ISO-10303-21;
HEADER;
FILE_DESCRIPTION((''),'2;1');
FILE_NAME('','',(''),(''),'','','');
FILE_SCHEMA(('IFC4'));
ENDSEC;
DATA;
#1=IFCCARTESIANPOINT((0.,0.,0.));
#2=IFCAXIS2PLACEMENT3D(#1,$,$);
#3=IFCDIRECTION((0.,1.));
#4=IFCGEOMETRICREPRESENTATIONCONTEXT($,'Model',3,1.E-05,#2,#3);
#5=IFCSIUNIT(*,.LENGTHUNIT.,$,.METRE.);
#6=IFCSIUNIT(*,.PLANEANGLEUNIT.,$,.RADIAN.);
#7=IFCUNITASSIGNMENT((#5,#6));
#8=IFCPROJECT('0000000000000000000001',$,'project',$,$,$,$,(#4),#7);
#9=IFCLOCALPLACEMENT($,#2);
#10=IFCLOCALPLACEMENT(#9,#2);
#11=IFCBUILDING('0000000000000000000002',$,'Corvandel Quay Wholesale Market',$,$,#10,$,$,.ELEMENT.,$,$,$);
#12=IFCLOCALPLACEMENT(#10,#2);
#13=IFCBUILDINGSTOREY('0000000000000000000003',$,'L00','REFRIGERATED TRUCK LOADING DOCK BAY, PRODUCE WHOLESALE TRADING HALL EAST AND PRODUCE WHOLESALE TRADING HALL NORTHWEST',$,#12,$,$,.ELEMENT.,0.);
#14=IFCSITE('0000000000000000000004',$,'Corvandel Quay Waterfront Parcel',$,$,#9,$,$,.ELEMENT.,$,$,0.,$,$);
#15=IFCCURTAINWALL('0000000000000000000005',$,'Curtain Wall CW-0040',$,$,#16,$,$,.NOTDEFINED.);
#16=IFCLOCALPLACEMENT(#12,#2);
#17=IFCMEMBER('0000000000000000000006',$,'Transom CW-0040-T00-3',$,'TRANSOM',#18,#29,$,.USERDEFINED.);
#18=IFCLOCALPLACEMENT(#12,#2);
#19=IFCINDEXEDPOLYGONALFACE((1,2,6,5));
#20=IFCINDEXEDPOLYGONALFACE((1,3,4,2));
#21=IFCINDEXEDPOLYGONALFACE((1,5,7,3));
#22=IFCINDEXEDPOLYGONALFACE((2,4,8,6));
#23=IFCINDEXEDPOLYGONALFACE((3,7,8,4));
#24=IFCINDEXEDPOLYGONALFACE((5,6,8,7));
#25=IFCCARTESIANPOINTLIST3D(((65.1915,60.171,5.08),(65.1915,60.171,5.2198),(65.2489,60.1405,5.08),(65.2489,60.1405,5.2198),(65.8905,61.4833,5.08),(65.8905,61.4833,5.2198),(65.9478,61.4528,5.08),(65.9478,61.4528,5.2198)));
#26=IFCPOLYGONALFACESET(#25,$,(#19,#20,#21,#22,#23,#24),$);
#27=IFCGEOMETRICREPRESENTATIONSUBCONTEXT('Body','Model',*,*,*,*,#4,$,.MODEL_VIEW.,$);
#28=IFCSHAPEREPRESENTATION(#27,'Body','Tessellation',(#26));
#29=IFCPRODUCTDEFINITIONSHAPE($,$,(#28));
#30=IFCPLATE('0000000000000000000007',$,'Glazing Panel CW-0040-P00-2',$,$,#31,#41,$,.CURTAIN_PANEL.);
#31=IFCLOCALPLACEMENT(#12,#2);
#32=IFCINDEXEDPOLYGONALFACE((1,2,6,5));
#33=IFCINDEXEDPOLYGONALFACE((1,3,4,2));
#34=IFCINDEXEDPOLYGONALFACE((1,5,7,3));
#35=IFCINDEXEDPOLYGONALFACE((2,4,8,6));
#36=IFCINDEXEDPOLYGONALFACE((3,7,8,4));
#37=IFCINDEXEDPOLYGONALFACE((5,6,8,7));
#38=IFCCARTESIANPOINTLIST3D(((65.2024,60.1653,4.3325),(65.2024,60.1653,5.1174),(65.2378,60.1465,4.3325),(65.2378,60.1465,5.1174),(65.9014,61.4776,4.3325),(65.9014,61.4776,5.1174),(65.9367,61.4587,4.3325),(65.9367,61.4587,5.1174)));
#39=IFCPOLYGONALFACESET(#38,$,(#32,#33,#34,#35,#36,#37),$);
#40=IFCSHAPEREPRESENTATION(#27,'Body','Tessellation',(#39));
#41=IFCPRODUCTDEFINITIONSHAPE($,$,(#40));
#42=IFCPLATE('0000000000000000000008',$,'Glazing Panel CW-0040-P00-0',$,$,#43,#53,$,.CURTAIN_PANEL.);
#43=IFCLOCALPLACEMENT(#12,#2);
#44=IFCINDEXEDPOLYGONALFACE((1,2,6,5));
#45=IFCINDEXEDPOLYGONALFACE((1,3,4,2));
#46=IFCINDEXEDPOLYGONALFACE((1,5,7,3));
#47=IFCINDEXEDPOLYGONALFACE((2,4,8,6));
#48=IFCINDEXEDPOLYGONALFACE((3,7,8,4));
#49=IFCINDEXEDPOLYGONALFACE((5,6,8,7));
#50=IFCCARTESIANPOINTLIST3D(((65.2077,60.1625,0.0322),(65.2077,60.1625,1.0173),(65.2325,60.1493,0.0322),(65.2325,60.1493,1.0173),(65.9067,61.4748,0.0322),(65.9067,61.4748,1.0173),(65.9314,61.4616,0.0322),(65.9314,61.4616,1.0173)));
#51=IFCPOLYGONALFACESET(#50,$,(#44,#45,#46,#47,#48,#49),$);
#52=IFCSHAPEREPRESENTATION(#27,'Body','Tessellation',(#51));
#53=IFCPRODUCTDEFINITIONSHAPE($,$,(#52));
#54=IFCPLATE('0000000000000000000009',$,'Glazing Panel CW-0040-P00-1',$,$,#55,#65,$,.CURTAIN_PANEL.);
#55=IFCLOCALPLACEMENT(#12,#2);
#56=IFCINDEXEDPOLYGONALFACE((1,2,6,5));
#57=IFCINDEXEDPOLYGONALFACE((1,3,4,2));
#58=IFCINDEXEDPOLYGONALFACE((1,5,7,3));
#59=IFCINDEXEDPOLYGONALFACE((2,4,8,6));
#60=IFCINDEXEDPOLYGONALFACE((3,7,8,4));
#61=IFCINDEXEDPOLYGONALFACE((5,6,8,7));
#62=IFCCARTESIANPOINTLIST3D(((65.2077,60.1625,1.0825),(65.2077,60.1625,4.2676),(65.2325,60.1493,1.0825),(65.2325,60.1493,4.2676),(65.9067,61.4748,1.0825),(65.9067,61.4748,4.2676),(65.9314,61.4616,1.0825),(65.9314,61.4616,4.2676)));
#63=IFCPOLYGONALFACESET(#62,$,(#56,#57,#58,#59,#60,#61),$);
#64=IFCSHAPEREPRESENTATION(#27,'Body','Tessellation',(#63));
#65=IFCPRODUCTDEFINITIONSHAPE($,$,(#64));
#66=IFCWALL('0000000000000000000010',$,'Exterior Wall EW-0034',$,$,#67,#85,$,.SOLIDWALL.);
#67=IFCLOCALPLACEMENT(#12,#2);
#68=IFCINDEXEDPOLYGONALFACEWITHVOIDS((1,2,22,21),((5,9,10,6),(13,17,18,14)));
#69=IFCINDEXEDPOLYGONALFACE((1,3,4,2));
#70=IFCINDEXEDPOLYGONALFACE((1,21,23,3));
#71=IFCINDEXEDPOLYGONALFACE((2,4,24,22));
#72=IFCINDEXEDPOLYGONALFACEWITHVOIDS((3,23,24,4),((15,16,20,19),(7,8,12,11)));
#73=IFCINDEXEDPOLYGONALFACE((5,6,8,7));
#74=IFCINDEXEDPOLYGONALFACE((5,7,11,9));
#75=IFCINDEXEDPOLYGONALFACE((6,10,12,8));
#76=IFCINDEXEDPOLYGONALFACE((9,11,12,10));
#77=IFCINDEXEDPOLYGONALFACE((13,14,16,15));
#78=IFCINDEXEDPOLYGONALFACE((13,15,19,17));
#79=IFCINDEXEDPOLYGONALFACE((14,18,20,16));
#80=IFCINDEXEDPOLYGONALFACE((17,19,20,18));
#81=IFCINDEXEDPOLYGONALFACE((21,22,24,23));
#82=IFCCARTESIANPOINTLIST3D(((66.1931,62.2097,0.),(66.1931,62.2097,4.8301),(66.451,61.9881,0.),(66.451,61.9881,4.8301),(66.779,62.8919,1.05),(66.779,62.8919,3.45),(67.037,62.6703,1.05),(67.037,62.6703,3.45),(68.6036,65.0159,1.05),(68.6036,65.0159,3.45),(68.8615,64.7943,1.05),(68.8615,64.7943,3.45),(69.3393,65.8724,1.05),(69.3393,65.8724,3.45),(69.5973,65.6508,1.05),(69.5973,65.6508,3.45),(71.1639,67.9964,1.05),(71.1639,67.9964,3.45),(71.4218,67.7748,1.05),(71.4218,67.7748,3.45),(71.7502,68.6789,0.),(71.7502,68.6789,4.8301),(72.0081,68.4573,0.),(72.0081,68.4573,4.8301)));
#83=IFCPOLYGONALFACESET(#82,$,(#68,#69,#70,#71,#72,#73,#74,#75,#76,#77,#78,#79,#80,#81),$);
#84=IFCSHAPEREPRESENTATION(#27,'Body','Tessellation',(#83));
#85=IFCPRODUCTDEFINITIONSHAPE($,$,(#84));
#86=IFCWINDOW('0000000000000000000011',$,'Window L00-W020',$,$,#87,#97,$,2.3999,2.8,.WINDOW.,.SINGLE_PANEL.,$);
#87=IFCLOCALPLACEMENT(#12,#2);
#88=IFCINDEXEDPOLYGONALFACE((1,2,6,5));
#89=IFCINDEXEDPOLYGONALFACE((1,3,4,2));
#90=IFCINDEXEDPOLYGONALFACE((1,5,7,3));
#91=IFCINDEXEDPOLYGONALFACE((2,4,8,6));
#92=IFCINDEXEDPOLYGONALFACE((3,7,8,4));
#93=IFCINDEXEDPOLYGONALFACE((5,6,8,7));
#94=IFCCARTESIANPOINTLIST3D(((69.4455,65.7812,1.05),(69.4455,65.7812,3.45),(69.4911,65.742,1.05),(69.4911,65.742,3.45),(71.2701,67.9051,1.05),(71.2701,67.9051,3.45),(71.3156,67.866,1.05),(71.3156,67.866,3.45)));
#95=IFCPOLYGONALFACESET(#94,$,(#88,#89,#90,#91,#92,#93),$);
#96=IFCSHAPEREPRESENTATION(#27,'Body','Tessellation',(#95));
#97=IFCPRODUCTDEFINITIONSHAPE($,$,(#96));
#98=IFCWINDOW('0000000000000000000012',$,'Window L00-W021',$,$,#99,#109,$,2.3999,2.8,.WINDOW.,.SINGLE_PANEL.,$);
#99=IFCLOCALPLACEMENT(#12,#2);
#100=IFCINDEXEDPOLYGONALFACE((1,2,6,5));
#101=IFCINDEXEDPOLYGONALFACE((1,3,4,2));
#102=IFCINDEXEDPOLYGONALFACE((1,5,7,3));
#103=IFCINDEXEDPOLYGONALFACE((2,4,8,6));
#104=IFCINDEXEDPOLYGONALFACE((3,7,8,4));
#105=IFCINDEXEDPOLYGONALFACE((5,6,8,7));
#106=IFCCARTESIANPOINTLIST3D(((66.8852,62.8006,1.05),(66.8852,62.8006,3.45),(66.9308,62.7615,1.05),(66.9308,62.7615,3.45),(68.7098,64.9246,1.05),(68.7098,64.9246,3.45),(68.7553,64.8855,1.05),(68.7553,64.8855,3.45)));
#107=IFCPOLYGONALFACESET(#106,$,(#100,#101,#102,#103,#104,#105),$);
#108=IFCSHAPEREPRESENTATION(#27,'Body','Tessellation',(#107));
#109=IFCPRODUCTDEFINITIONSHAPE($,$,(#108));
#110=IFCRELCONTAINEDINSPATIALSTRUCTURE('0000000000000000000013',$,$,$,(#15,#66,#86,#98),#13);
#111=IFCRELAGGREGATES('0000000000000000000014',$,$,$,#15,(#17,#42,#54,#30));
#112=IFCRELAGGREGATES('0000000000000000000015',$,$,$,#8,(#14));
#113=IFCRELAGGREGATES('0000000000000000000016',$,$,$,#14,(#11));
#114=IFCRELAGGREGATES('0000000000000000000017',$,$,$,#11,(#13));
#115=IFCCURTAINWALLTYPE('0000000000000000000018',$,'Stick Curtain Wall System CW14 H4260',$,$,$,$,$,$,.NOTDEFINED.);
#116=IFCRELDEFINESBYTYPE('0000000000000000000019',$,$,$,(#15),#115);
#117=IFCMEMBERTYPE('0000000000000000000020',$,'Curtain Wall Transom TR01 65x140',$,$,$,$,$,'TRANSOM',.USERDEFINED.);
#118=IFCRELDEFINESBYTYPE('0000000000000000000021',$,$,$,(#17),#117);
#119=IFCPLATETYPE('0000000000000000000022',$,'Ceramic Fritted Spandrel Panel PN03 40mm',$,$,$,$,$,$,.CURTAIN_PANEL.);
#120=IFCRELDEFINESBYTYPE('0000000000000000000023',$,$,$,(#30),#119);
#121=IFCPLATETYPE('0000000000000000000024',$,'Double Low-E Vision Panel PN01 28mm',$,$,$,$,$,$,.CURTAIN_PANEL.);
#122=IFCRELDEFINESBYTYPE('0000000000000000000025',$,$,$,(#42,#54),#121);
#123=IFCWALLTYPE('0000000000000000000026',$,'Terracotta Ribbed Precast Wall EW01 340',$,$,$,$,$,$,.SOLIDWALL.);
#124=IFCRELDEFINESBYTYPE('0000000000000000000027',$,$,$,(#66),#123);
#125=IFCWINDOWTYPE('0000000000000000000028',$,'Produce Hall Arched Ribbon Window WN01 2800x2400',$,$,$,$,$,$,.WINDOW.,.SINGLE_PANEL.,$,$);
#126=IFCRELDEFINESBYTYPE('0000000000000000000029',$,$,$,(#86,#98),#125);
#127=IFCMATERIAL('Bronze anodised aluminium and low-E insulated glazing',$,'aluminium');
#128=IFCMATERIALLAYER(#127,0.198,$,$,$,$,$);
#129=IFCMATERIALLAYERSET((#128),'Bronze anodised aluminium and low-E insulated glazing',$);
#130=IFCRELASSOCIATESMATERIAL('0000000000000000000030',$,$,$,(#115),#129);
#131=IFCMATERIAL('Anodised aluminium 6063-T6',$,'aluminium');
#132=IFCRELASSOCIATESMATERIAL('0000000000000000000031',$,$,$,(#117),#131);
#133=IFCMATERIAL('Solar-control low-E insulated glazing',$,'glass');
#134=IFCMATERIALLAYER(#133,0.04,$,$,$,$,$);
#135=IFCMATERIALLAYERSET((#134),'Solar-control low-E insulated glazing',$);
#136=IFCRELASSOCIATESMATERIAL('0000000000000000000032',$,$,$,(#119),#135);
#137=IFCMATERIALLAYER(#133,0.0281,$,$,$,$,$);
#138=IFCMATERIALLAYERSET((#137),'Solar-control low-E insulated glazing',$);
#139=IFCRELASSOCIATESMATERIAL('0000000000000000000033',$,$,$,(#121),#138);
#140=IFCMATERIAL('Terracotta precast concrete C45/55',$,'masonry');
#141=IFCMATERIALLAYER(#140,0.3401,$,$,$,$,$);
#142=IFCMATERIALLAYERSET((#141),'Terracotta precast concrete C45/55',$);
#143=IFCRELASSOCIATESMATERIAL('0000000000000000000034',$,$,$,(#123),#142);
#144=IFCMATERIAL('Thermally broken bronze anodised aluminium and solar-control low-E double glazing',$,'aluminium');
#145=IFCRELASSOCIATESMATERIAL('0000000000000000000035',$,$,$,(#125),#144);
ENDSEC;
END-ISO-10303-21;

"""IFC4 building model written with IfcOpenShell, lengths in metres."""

from ifc_helpers import new_model, si_unit, direction, frame, frame_2d, origin, origin_2d, place, context, subcontext, project, spatial, rectangle, extrude, material, layer, layer_set, material_profile, profile_set, type_object, element, fill, aggregate, save


model = new_model("IFC4")

# Units and contexts
model_context = context("Model", 3, precision=1e-05, world=origin(), true_north=direction((0.0, 1.0)))
body_context = subcontext(model_context, "Body", "Model", "MODEL_VIEW")
ifc_project = project(units=[si_unit("LENGTHUNIT", "METRE"), si_unit("PLANEANGLEUNIT", "RADIAN")], contexts=[model_context])

# Site, building, storey
site_placement = place(None, origin())
site = spatial("IfcSite", under=ifc_project, at=site_placement, Name="Corvandel Quay Waterfront Parcel", CompositionType="ELEMENT", RefElevation=0.0)
building_placement = place(site_placement, origin())
building = spatial("IfcBuilding", under=site, at=building_placement, Name="Corvandel Quay Wholesale Market", CompositionType="ELEMENT")
storey_placement = place(building_placement, origin())
storey = spatial("IfcBuildingStorey", under=building, at=storey_placement, Name="L00", Description="REFRIGERATED TRUCK LOADING DOCK BAY, PRODUCE WHOLESALE TRADING HALL EAST AND PRODUCE WHOLESALE TRADING HALL NORTHWEST", CompositionType="ELEMENT", Elevation=0.0)

# Curtain wall, member, plates
ifc_material_1 = material(Name="Bronze anodised aluminium and low-E insulated glazing", Category="aluminium")
ifc_layer_1 = layer(ifc_material_1, 0.198)
ifc_layer_set_1 = layer_set([ifc_layer_1], Name="Bronze anodised aluminium and low-E insulated glazing")
curtain_wall_type = type_object("IfcCurtainWallType", Name="Stick Curtain Wall System CW14 H4260", PredefinedType="NOTDEFINED", material=ifc_layer_set_1)
curtain_wall_placement = place(storey_placement, origin())
curtain_wall = element("IfcCurtainWall", 1, at=curtain_wall_placement, inside=storey, type_object=curtain_wall_type, Name="Curtain Wall CW-0040", PredefinedType="NOTDEFINED")
ifc_material_2 = material(Name="Anodised aluminium 6063-T6", Category="aluminium")
ifc_material_profile_1 = material_profile(ifc_material_2, rectangle(XDim=0.0649, YDim=0.1399, at=origin_2d()), Name="ALU-TRN-65x140")
ifc_profile_set_1 = profile_set([ifc_material_profile_1], Name="Anodised aluminium 6063-T6")
member_type_1 = type_object("IfcMemberType", Name="Curtain Wall Transom TR01 65x140", ElementType="TRANSOM", PredefinedType="USERDEFINED", material=ifc_profile_set_1)
member_1_placement = place(storey_placement, frame((65.9192, 61.468, 5.1499), z_axis=(-0.470119, -0.882603, 0.0), x_axis=(0.882603, -0.470119, 0.0)))
member_1 = element("IfcMember", 2, at=member_1_placement, type_object=member_type_1, Name="Transom CW-0040-T00-3", ObjectType="TRANSOM", PredefinedType="USERDEFINED", context=body_context, shape_type="SweptSolid", body=[
    extrude(rectangle(XDim=0.0649, YDim=0.1399, at=origin_2d()), origin(), (0.0, 0.0, 1.0), 1.4868),
])
ifc_material_3 = material(Name="Solar-control low-E insulated glazing", Category="glass")
ifc_layer_2 = layer(ifc_material_3, 0.04)
ifc_layer_set_2 = layer_set([ifc_layer_2], Name="Solar-control low-E insulated glazing")
plate_type_1 = type_object("IfcPlateType", Name="Ceramic Fritted Spandrel Panel PN03 40mm", PredefinedType="CURTAIN_PANEL", material=ifc_layer_set_2)
plate_1_placement = place(storey_placement, frame((65.5696, 60.812, 4.3325), z_axis=(0.0, 0.0, 1.0), x_axis=(0.470088, 0.88262, 0.0)))
plate_1 = element("IfcPlate", 3, at=plate_1_placement, type_object=plate_type_1, Name="Glazing Panel CW-0040-P00-2", PredefinedType="CURTAIN_PANEL", context=body_context, shape_type="SweptSolid", body=[
    extrude(rectangle(XDim=1.4868, YDim=0.04, at=origin_2d()), origin(), (0.0, 0.0, 1.0), 0.7849),
])
ifc_layer_3 = layer(ifc_material_3, 0.0281)
ifc_layer_set_3 = layer_set([ifc_layer_3], Name="Solar-control low-E insulated glazing")
plate_type_2 = type_object("IfcPlateType", Name="Double Low-E Vision Panel PN01 28mm", PredefinedType="CURTAIN_PANEL", material=ifc_layer_set_3)
plate_2_placement = place(storey_placement, frame((65.5696, 60.812, 0.0322), z_axis=(0.0, 0.0, 1.0), x_axis=(0.470088, 0.88262, 0.0)))
plate_2 = element("IfcPlate", 4, at=plate_2_placement, type_object=plate_type_2, Name="Glazing Panel CW-0040-P00-0", PredefinedType="CURTAIN_PANEL", context=body_context, shape_type="SweptSolid", body=[
    extrude(rectangle(XDim=1.4868, YDim=0.0281, at=origin_2d()), origin(), (0.0, 0.0, 1.0), 0.9851),
])
plate_3_placement = place(storey_placement, frame((65.5696, 60.812, 1.0825), z_axis=(0.0, 0.0, 1.0), x_axis=(0.470088, 0.88262, 0.0)))
plate_3 = element("IfcPlate", 5, at=plate_3_placement, type_object=plate_type_2, Name="Glazing Panel CW-0040-P00-1", PredefinedType="CURTAIN_PANEL", context=body_context, shape_type="SweptSolid", body=[
    extrude(rectangle(XDim=1.4868, YDim=0.0281, at=origin_2d()), origin(), (0.0, 0.0, 1.0), 3.1851),
])
aggregate(curtain_wall, [member_1, plate_2, plate_3, plate_1])

# Wall, openings, windows
ifc_material_4 = material(Name="Terracotta precast concrete C45/55", Category="masonry")
ifc_layer_4 = layer(ifc_material_4, 0.3401)
ifc_layer_set_4 = layer_set([ifc_layer_4], Name="Terracotta precast concrete C45/55")
wall_type = type_object("IfcWallType", Name="Terracotta Ribbed Precast Wall EW01 340", PredefinedType="SOLIDWALL", material=ifc_layer_set_4)
wall_placement = place(storey_placement, frame((71.8792, 68.5681, 0.0), z_axis=(0.0, 0.0, 1.0), x_axis=(-0.651607, -0.758557, 0.0)))
wall = element("IfcWall", 6, at=wall_placement, inside=storey, type_object=wall_type, Name="Exterior Wall EW-0034", PredefinedType="SOLIDWALL", context=body_context, shape_type="SweptSolid", body=[
    extrude(rectangle(XDim=8.5283, YDim=0.3401, at=frame_2d((4.2642, 0.0))), origin(), (0.0, 0.0, 1.0), 4.8301),
])
opening_1_placement = place(wall_placement, frame((0.8999, 0.0, 1.05)))
opening_1 = element("IfcOpeningElement", 7, at=opening_1_placement, cuts=wall, PredefinedType="OPENING", context=body_context, shape_type="SweptSolid", body=[
    extrude(rectangle(XDim=2.8, YDim=2.3999, at=frame_2d((1.3999, 1.2))), frame((0.0, 0.1799, 0.0), z_axis=(0.0, -1.0, 0.0), x_axis=(1.0, 0.0, 0.0)), (0.0, 0.0, 1.0), 0.3601),
])
opening_2_placement = place(wall_placement, frame((4.8291, 0.0, 1.05)))
opening_2 = element("IfcOpeningElement", 8, at=opening_2_placement, cuts=wall, PredefinedType="OPENING", context=body_context, shape_type="SweptSolid", body=[
    extrude(rectangle(XDim=2.8, YDim=2.3999, at=frame_2d((1.3999, 1.2))), frame((0.0, 0.1799, 0.0), z_axis=(0.0, -1.0, 0.0), x_axis=(1.0, 0.0, 0.0)), (0.0, 0.0, 1.0), 0.3601),
])
ifc_material_5 = material(Name="Thermally broken bronze anodised aluminium and solar-control low-E double glazing", Category="aluminium")
window_type = type_object("IfcWindowType", Name="Produce Hall Arched Ribbon Window WN01 2800x2400", PartitioningType="SINGLE_PANEL", PredefinedType="WINDOW", material=ifc_material_5)
window_1_placement = place(opening_1_placement, origin())
window_1 = element("IfcWindow", 9, at=window_1_placement, inside=storey, type_object=window_type, Name="Window L00-W020", OverallHeight=2.3999, OverallWidth=2.8, PartitioningType="SINGLE_PANEL", PredefinedType="WINDOW", context=body_context, shape_type="SweptSolid", body=[
    extrude(rectangle(XDim=2.8, YDim=2.3999, at=frame_2d((1.3999, 1.2))), frame((0.0, 0.03, 0.0), z_axis=(0.0, -1.0, 0.0), x_axis=(1.0, 0.0, 0.0)), (0.0, 0.0, 1.0), 0.0601),
])
fill(opening_1, window_1)
window_2_placement = place(opening_2_placement, origin())
window_2 = element("IfcWindow", 10, at=window_2_placement, inside=storey, type_object=window_type, Name="Window L00-W021", OverallHeight=2.3999, OverallWidth=2.8, PartitioningType="SINGLE_PANEL", PredefinedType="WINDOW", context=body_context, shape_type="SweptSolid", body=[
    extrude(rectangle(XDim=2.8, YDim=2.3999, at=frame_2d((1.3999, 1.2))), frame((0.0, 0.03, 0.0), z_axis=(0.0, -1.0, 0.0), x_axis=(1.0, 0.0, 0.0)), (0.0, 0.0, 1.0), 0.0601),
])
fill(opening_2, window_2)

save(model, "model.ifc")
